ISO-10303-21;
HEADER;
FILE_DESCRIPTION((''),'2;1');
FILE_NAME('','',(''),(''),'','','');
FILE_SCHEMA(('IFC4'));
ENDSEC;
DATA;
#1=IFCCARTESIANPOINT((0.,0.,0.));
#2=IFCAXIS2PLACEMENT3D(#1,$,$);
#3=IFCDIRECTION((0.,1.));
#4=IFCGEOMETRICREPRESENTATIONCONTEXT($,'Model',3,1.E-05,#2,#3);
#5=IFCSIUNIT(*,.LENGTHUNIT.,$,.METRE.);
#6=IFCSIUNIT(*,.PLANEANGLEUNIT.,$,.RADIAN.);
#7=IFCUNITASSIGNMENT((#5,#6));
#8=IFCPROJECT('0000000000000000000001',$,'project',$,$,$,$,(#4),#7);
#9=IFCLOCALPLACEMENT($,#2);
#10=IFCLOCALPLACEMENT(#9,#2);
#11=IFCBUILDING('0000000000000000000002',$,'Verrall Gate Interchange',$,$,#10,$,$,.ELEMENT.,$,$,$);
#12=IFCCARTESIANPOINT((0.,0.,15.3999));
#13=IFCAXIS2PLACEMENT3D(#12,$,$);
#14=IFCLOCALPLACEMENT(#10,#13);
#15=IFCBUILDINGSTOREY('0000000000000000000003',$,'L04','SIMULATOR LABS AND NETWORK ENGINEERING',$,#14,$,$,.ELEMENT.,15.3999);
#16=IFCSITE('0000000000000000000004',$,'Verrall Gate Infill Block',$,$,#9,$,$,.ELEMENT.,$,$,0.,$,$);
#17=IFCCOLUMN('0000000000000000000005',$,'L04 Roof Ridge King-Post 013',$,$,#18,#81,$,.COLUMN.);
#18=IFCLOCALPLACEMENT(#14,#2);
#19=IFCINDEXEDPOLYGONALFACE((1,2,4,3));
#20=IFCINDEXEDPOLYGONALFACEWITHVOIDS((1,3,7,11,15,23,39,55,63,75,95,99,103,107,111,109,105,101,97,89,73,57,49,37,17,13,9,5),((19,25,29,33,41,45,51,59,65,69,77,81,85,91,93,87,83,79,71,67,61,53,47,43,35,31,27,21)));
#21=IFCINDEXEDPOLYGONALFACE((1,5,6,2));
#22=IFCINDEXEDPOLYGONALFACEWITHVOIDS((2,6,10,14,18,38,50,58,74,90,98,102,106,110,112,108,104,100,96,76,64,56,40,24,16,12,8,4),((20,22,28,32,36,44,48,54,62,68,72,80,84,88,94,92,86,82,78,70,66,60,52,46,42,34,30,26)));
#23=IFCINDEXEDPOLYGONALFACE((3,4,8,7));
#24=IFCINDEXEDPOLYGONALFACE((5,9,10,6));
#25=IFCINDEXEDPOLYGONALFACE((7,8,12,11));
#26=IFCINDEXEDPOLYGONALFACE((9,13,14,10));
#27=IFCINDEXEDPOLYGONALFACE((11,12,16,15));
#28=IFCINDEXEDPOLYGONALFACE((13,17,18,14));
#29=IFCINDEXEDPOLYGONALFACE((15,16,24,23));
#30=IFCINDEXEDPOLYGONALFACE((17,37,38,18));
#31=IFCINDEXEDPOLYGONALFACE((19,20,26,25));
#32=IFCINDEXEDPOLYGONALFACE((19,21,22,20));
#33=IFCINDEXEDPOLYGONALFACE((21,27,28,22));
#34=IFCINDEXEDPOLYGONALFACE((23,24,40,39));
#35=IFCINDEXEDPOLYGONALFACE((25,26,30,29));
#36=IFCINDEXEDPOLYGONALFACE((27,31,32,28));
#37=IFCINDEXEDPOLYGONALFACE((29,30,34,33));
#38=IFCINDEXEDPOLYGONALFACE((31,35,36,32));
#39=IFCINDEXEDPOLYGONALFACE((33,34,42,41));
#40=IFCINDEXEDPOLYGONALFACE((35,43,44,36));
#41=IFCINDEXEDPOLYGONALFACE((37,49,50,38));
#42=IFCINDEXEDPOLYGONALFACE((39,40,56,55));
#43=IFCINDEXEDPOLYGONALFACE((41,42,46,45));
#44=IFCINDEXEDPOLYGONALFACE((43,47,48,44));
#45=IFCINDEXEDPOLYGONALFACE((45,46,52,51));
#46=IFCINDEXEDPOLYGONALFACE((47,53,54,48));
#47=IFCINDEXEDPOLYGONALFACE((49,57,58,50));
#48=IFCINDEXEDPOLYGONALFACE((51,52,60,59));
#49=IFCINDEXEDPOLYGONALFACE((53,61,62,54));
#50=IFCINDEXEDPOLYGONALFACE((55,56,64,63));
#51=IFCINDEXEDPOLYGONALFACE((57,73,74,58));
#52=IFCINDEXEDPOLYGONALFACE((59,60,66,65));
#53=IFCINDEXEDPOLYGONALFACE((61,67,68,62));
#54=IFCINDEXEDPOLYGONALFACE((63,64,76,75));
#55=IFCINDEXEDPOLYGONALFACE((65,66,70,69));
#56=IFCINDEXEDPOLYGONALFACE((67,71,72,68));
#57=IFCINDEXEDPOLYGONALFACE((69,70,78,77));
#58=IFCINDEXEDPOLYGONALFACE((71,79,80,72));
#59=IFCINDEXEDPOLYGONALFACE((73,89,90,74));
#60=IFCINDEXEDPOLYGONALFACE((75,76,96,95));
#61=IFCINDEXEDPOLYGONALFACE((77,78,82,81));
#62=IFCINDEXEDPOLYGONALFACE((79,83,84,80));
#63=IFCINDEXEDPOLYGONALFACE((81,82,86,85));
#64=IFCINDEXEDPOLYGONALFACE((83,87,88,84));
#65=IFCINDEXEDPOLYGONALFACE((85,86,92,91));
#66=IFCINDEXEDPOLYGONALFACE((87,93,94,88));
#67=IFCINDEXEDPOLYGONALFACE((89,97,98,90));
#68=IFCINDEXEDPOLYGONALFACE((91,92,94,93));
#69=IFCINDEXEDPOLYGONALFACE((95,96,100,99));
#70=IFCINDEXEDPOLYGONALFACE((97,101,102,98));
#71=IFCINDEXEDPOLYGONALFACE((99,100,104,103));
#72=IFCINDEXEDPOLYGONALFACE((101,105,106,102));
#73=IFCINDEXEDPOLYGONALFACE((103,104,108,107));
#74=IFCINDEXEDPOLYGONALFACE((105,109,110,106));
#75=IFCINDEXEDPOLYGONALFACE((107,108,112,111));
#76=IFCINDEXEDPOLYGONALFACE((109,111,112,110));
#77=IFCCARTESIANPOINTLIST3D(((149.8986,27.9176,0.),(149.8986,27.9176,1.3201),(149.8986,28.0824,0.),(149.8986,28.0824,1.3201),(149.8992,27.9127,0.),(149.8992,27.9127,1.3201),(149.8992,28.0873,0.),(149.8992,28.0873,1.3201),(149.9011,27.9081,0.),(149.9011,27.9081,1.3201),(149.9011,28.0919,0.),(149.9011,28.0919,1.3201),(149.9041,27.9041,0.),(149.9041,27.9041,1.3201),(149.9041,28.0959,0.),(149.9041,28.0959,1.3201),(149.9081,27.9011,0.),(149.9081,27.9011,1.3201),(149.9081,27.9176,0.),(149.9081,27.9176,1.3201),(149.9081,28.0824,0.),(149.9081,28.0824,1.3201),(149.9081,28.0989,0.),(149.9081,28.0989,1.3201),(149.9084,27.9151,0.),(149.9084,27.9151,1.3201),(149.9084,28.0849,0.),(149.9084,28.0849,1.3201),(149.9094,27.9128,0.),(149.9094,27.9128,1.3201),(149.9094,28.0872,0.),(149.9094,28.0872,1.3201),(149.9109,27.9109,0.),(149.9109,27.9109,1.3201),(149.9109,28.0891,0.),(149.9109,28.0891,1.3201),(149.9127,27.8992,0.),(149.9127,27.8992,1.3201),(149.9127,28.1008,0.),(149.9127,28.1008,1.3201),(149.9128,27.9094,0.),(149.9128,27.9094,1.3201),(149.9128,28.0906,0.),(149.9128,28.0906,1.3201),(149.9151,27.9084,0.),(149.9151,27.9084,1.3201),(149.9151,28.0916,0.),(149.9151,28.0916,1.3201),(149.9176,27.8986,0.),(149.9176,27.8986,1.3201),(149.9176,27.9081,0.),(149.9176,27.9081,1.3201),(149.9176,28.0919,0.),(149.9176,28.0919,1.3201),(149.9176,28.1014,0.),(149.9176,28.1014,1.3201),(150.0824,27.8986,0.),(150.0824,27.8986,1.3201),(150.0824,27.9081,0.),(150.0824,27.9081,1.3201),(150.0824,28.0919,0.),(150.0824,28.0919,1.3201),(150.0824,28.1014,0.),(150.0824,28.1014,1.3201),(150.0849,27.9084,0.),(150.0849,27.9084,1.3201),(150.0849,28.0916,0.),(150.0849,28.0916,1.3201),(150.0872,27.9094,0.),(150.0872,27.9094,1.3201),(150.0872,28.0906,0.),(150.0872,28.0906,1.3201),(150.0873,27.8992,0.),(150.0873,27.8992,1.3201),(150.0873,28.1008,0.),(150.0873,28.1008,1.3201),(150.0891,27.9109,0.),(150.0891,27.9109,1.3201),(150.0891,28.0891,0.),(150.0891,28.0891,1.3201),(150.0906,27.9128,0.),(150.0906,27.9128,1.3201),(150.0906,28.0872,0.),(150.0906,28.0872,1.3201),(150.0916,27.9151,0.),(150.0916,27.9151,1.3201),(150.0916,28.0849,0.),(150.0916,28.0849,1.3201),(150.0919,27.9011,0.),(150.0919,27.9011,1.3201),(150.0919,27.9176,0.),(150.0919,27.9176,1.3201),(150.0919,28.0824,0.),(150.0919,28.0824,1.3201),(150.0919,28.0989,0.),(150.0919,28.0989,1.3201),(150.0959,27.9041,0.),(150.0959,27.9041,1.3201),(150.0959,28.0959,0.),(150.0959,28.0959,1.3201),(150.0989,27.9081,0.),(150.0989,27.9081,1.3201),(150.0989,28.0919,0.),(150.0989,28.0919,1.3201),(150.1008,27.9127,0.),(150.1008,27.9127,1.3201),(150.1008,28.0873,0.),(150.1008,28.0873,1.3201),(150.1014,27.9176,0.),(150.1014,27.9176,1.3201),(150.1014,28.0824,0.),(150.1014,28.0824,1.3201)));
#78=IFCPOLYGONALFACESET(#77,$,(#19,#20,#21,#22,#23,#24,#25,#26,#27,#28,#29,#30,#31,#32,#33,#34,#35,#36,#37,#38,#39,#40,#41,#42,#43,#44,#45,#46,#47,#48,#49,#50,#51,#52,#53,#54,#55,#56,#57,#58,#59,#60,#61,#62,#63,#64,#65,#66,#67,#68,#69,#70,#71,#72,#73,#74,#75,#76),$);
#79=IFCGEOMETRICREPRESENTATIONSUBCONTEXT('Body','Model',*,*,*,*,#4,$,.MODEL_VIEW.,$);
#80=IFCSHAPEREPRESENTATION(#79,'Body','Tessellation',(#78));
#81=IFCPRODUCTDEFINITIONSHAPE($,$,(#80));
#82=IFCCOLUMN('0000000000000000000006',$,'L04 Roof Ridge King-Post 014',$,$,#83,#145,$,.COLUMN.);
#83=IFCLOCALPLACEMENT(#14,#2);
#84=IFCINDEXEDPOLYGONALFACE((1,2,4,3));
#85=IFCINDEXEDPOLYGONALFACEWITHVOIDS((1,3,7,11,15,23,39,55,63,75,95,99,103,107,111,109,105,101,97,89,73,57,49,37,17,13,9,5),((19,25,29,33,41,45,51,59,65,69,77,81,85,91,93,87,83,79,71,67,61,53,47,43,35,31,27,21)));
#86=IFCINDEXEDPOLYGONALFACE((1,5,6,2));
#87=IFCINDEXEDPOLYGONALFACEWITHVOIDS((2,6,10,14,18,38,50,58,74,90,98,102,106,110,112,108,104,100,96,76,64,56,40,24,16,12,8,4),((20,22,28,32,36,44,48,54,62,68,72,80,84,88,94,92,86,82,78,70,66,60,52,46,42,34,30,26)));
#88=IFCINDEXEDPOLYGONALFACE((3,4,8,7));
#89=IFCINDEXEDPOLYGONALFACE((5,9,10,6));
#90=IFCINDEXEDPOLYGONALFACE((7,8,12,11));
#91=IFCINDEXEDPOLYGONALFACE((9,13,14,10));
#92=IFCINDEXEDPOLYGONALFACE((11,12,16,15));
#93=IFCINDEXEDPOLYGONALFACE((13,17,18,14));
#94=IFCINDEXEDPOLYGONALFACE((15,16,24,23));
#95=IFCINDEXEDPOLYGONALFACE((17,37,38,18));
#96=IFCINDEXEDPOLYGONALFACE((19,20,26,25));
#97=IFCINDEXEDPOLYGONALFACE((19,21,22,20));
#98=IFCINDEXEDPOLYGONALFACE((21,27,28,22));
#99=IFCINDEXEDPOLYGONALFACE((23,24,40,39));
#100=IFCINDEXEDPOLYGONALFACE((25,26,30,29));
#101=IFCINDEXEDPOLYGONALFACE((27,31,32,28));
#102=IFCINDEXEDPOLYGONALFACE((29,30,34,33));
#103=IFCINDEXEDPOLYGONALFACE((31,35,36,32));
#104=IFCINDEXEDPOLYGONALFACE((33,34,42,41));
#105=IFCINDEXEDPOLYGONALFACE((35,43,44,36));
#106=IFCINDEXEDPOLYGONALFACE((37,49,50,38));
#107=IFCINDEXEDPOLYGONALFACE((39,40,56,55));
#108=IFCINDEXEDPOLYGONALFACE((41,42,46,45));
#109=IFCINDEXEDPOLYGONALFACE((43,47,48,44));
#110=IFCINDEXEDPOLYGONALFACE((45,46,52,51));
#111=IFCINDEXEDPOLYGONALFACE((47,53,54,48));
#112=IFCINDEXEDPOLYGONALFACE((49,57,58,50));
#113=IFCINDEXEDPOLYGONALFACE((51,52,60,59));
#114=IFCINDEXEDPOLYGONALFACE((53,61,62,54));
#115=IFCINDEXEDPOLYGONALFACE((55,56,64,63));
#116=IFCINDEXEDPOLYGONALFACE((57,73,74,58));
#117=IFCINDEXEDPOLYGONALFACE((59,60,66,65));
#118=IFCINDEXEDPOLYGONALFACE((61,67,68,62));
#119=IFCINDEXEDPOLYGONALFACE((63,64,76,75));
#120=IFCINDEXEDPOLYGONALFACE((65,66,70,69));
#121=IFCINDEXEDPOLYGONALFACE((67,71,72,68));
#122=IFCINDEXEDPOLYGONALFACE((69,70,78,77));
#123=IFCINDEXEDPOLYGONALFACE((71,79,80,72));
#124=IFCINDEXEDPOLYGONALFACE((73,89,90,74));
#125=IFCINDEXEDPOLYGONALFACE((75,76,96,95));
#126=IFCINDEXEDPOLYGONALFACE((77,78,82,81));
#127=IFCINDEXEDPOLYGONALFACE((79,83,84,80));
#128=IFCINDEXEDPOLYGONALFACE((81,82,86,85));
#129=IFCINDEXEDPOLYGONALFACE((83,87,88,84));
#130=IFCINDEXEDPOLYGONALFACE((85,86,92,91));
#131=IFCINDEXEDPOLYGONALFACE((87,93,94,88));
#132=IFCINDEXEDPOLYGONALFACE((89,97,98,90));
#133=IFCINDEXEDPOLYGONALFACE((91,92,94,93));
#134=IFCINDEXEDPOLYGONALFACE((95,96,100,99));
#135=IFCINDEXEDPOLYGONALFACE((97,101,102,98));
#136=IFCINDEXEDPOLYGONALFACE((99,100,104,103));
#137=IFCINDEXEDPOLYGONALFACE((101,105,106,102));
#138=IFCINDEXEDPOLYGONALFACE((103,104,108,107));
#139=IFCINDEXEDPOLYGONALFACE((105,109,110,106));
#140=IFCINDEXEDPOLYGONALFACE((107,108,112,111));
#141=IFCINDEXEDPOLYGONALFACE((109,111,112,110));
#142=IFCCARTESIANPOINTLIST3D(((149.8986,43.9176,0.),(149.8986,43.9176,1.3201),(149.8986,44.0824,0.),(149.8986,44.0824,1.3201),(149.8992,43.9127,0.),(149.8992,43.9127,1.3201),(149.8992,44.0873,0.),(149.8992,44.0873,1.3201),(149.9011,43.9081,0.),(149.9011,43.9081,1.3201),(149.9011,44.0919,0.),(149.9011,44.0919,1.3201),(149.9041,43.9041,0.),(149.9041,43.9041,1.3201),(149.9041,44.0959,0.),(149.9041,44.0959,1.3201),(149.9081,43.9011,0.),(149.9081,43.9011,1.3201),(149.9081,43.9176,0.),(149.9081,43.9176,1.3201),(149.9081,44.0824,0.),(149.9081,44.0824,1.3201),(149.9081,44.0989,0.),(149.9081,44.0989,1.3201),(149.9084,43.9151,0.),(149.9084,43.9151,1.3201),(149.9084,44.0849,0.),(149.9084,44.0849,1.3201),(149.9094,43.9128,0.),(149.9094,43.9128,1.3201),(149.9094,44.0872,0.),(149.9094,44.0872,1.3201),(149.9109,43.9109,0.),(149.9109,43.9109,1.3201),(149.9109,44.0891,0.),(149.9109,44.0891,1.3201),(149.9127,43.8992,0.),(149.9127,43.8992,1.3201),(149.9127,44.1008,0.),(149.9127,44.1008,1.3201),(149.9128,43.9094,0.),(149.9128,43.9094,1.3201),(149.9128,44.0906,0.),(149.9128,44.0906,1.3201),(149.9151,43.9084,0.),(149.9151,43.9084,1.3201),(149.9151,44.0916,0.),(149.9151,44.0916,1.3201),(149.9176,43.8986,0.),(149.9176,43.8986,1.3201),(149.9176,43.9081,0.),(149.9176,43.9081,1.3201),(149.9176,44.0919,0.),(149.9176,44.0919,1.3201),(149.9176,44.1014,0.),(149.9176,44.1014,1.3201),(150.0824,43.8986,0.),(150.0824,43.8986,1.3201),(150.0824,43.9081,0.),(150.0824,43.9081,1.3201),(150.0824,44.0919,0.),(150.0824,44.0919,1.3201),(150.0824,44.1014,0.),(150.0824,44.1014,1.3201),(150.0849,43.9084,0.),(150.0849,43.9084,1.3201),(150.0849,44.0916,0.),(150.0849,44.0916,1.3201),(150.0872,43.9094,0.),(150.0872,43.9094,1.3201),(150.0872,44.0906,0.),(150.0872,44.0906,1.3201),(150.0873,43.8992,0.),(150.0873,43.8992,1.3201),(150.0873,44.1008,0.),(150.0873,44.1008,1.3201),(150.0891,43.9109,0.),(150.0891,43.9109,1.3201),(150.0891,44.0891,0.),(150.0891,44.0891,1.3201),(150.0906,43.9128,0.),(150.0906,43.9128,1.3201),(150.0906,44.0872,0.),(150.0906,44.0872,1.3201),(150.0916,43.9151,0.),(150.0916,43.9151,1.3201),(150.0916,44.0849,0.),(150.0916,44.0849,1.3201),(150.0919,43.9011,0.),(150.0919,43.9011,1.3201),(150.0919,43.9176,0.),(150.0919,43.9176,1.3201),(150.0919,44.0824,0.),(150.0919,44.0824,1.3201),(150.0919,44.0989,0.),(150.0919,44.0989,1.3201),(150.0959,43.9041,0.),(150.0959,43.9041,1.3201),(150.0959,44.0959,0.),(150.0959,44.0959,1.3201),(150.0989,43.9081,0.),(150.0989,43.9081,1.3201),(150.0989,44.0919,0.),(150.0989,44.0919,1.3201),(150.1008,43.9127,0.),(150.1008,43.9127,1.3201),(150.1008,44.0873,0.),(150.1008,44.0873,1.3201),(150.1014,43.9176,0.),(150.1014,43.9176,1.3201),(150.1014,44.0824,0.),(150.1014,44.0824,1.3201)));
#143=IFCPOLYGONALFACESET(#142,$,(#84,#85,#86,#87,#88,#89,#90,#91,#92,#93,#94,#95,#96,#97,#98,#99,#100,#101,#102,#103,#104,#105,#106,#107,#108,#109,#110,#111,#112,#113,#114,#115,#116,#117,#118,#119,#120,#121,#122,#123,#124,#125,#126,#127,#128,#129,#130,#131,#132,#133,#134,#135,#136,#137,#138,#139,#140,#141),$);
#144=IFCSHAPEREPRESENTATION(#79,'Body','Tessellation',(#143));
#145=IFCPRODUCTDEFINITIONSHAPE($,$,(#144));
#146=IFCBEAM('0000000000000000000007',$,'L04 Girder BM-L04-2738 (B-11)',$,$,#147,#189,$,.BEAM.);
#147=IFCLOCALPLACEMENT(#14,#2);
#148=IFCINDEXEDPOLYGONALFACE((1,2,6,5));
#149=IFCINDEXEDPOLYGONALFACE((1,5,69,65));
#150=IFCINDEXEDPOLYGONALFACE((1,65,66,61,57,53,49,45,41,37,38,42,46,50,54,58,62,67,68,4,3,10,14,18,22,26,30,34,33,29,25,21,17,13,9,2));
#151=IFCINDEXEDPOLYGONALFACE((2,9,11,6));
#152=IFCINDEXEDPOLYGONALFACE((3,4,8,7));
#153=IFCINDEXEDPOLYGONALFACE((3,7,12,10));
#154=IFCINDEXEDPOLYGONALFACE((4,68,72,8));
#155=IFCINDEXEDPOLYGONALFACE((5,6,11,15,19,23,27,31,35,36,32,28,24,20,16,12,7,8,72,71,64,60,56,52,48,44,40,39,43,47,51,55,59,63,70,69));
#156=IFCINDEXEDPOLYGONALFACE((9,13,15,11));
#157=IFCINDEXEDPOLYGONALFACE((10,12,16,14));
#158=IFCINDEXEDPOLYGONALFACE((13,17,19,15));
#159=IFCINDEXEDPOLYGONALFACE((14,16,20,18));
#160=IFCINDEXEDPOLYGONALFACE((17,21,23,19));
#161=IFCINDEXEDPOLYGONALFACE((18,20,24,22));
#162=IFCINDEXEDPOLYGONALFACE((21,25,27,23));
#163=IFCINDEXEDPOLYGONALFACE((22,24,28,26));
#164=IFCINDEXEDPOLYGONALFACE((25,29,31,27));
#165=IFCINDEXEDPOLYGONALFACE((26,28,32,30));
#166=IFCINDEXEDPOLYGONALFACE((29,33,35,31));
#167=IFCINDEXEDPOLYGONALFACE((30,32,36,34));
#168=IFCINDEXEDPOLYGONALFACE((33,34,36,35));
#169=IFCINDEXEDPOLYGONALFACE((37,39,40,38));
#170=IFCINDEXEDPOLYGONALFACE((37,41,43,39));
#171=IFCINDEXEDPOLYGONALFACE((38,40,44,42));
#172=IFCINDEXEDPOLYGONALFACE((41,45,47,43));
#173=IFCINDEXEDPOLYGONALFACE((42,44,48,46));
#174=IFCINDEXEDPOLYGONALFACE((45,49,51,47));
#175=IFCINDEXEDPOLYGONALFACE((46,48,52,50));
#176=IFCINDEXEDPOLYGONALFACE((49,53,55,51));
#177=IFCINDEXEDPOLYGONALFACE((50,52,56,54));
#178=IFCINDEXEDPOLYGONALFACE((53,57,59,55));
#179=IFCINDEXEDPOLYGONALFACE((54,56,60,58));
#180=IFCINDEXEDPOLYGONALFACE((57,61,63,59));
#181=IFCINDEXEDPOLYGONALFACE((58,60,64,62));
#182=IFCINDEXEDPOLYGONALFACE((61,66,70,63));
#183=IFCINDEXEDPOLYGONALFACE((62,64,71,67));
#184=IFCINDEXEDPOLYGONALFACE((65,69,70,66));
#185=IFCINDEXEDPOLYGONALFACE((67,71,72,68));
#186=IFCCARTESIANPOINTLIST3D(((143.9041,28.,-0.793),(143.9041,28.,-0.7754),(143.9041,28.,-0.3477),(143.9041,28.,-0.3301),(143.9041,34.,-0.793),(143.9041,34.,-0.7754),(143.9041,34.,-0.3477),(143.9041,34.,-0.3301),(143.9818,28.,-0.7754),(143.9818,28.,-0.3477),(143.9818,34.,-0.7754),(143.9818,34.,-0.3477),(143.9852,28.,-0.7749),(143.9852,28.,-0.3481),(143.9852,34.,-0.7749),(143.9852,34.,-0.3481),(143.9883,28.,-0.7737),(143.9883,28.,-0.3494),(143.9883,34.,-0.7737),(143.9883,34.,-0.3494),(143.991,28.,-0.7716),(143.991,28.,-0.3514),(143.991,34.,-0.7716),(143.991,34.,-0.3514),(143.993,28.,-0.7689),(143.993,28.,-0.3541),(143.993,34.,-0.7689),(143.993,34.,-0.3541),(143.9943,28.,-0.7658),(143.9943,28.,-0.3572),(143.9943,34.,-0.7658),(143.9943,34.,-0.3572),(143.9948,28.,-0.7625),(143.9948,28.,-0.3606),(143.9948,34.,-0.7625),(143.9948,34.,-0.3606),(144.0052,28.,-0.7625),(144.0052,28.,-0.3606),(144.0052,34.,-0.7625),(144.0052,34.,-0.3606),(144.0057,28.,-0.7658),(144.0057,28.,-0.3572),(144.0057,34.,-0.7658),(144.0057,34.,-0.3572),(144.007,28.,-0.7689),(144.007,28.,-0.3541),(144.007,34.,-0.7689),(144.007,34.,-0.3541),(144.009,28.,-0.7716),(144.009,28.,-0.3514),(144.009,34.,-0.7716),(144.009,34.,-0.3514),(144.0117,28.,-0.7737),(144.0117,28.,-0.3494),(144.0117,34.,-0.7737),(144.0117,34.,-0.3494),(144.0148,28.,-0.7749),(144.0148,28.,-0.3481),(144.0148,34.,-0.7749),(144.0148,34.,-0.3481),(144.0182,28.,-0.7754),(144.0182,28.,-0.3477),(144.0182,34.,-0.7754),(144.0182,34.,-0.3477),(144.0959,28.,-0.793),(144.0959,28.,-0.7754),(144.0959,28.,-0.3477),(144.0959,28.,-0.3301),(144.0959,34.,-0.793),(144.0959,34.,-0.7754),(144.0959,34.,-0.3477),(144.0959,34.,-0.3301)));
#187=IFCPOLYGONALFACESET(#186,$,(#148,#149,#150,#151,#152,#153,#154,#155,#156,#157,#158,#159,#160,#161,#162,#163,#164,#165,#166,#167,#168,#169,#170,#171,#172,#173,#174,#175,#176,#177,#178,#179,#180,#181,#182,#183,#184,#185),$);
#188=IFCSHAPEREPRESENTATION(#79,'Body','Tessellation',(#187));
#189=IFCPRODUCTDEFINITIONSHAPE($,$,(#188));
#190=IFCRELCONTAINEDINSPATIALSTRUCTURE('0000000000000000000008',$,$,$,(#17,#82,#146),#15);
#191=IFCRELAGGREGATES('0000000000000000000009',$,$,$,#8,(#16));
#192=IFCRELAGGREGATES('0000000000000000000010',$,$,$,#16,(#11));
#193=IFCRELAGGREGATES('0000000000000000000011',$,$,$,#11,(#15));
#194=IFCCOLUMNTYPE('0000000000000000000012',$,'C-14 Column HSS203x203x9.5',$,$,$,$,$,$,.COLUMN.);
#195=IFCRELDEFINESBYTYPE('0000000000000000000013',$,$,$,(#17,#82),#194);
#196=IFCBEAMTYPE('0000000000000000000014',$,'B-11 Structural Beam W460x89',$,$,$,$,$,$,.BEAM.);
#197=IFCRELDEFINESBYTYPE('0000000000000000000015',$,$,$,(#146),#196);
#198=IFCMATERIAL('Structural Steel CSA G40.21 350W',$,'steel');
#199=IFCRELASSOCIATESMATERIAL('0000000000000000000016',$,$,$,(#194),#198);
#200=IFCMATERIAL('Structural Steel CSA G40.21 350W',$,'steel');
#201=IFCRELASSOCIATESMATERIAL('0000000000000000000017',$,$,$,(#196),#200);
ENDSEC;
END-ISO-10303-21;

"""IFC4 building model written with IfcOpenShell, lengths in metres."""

from ifc_helpers import new_model, si_unit, direction, frame, origin, origin_2d, place, context, subcontext, project, spatial, hollow_rectangle, i_section, extrude, material, material_profile, profile_set, type_object, element, save


model = new_model("IFC4")

# Units and contexts
model_context = context("Model", 3, precision=1e-05, world=origin(), true_north=direction((0.0, 1.0)))
body_context = subcontext(model_context, "Body", "Model", "MODEL_VIEW")
ifc_project = project(units=[si_unit("LENGTHUNIT", "METRE"), si_unit("PLANEANGLEUNIT", "RADIAN")], contexts=[model_context])

# Site, building, storey
site_placement = place(None, origin())
site = spatial("IfcSite", under=ifc_project, at=site_placement, Name="Verrall Gate Infill Block", CompositionType="ELEMENT", RefElevation=0.0)
building_placement = place(site_placement, origin())
building = spatial("IfcBuilding", under=site, at=building_placement, Name="Verrall Gate Interchange", CompositionType="ELEMENT")
storey_placement = place(building_placement, frame((0.0, 0.0, 15.3999)))
storey = spatial("IfcBuildingStorey", under=building, at=storey_placement, Name="L04", Description="SIMULATOR LABS AND NETWORK ENGINEERING", CompositionType="ELEMENT", Elevation=15.3999)

# Columns
ifc_material_1 = material(Name="Structural Steel CSA G40.21 350W", Category="steel")
ifc_material_profile_1 = material_profile(ifc_material_1, hollow_rectangle(XDim=0.2029, YDim=0.2029, WallThickness=0.0095, InnerFilletRadius=0.0095, OuterFilletRadius=0.019, at=origin_2d()), Name="HSS203x203x9.5")
ifc_profile_set_1 = profile_set([ifc_material_profile_1], Name="Structural Steel CSA G40.21 350W")
column_type = type_object("IfcColumnType", Name="C-14 Column HSS203x203x9.5", PredefinedType="COLUMN", material=ifc_profile_set_1)
for number, where, z_axis, x_axis, name in (
    (1, (150.0, 28.0, 0.0), (0.0, 0.0, 1.0), (1.0, 0.0, 0.0), "L04 Roof Ridge King-Post 013"),
    (2, (150.0, 44.0, 0.0), (0.0, 0.0, 1.0), (1.0, 0.0, 0.0), "L04 Roof Ridge King-Post 014"),
):
    element("IfcColumn", number, at=place(storey_placement, frame(where, z_axis=z_axis, x_axis=x_axis)), inside=storey, type_object=column_type, Name=name, PredefinedType="COLUMN", context=body_context, shape_type="SweptSolid", body=[
        extrude(hollow_rectangle(XDim=0.2029, YDim=0.2029, WallThickness=0.0095, InnerFilletRadius=0.0095, OuterFilletRadius=0.019, at=origin_2d()), origin(), (0.0, 0.0, 1.0), 1.3201),
    ])

# Beam
ifc_material_2 = material(Name="Structural Steel CSA G40.21 350W", Category="steel")
ifc_material_profile_2 = material_profile(ifc_material_2, i_section(OverallWidth=0.1919, OverallDepth=0.4629, WebThickness=0.0105, FlangeThickness=0.0176, FilletRadius=0.0129, at=origin_2d()), Name="W460x89")
ifc_profile_set_2 = profile_set([ifc_material_profile_2], Name="Structural Steel CSA G40.21 350W")
beam_type_1 = type_object("IfcBeamType", Name="B-11 Structural Beam W460x89", PredefinedType="BEAM", material=ifc_profile_set_2)
beam_1_placement = place(storey_placement, frame((144.0, 28.0, -0.5615), z_axis=(0.0, 1.0, 0.0), x_axis=(-1.0, 0.0, 0.0)))
element("IfcBeam", 3, at=beam_1_placement, inside=storey, type_object=beam_type_1, Name="L04 Girder BM-L04-2738 (B-11)", PredefinedType="BEAM", context=body_context, shape_type="SweptSolid", body=[
    extrude(i_section(OverallWidth=0.1919, OverallDepth=0.4629, WebThickness=0.0105, FlangeThickness=0.0176, FilletRadius=0.0129, at=origin_2d()), origin(), (0.0, 0.0, 1.0), 6.0),
])

save(model, "model.ifc")
